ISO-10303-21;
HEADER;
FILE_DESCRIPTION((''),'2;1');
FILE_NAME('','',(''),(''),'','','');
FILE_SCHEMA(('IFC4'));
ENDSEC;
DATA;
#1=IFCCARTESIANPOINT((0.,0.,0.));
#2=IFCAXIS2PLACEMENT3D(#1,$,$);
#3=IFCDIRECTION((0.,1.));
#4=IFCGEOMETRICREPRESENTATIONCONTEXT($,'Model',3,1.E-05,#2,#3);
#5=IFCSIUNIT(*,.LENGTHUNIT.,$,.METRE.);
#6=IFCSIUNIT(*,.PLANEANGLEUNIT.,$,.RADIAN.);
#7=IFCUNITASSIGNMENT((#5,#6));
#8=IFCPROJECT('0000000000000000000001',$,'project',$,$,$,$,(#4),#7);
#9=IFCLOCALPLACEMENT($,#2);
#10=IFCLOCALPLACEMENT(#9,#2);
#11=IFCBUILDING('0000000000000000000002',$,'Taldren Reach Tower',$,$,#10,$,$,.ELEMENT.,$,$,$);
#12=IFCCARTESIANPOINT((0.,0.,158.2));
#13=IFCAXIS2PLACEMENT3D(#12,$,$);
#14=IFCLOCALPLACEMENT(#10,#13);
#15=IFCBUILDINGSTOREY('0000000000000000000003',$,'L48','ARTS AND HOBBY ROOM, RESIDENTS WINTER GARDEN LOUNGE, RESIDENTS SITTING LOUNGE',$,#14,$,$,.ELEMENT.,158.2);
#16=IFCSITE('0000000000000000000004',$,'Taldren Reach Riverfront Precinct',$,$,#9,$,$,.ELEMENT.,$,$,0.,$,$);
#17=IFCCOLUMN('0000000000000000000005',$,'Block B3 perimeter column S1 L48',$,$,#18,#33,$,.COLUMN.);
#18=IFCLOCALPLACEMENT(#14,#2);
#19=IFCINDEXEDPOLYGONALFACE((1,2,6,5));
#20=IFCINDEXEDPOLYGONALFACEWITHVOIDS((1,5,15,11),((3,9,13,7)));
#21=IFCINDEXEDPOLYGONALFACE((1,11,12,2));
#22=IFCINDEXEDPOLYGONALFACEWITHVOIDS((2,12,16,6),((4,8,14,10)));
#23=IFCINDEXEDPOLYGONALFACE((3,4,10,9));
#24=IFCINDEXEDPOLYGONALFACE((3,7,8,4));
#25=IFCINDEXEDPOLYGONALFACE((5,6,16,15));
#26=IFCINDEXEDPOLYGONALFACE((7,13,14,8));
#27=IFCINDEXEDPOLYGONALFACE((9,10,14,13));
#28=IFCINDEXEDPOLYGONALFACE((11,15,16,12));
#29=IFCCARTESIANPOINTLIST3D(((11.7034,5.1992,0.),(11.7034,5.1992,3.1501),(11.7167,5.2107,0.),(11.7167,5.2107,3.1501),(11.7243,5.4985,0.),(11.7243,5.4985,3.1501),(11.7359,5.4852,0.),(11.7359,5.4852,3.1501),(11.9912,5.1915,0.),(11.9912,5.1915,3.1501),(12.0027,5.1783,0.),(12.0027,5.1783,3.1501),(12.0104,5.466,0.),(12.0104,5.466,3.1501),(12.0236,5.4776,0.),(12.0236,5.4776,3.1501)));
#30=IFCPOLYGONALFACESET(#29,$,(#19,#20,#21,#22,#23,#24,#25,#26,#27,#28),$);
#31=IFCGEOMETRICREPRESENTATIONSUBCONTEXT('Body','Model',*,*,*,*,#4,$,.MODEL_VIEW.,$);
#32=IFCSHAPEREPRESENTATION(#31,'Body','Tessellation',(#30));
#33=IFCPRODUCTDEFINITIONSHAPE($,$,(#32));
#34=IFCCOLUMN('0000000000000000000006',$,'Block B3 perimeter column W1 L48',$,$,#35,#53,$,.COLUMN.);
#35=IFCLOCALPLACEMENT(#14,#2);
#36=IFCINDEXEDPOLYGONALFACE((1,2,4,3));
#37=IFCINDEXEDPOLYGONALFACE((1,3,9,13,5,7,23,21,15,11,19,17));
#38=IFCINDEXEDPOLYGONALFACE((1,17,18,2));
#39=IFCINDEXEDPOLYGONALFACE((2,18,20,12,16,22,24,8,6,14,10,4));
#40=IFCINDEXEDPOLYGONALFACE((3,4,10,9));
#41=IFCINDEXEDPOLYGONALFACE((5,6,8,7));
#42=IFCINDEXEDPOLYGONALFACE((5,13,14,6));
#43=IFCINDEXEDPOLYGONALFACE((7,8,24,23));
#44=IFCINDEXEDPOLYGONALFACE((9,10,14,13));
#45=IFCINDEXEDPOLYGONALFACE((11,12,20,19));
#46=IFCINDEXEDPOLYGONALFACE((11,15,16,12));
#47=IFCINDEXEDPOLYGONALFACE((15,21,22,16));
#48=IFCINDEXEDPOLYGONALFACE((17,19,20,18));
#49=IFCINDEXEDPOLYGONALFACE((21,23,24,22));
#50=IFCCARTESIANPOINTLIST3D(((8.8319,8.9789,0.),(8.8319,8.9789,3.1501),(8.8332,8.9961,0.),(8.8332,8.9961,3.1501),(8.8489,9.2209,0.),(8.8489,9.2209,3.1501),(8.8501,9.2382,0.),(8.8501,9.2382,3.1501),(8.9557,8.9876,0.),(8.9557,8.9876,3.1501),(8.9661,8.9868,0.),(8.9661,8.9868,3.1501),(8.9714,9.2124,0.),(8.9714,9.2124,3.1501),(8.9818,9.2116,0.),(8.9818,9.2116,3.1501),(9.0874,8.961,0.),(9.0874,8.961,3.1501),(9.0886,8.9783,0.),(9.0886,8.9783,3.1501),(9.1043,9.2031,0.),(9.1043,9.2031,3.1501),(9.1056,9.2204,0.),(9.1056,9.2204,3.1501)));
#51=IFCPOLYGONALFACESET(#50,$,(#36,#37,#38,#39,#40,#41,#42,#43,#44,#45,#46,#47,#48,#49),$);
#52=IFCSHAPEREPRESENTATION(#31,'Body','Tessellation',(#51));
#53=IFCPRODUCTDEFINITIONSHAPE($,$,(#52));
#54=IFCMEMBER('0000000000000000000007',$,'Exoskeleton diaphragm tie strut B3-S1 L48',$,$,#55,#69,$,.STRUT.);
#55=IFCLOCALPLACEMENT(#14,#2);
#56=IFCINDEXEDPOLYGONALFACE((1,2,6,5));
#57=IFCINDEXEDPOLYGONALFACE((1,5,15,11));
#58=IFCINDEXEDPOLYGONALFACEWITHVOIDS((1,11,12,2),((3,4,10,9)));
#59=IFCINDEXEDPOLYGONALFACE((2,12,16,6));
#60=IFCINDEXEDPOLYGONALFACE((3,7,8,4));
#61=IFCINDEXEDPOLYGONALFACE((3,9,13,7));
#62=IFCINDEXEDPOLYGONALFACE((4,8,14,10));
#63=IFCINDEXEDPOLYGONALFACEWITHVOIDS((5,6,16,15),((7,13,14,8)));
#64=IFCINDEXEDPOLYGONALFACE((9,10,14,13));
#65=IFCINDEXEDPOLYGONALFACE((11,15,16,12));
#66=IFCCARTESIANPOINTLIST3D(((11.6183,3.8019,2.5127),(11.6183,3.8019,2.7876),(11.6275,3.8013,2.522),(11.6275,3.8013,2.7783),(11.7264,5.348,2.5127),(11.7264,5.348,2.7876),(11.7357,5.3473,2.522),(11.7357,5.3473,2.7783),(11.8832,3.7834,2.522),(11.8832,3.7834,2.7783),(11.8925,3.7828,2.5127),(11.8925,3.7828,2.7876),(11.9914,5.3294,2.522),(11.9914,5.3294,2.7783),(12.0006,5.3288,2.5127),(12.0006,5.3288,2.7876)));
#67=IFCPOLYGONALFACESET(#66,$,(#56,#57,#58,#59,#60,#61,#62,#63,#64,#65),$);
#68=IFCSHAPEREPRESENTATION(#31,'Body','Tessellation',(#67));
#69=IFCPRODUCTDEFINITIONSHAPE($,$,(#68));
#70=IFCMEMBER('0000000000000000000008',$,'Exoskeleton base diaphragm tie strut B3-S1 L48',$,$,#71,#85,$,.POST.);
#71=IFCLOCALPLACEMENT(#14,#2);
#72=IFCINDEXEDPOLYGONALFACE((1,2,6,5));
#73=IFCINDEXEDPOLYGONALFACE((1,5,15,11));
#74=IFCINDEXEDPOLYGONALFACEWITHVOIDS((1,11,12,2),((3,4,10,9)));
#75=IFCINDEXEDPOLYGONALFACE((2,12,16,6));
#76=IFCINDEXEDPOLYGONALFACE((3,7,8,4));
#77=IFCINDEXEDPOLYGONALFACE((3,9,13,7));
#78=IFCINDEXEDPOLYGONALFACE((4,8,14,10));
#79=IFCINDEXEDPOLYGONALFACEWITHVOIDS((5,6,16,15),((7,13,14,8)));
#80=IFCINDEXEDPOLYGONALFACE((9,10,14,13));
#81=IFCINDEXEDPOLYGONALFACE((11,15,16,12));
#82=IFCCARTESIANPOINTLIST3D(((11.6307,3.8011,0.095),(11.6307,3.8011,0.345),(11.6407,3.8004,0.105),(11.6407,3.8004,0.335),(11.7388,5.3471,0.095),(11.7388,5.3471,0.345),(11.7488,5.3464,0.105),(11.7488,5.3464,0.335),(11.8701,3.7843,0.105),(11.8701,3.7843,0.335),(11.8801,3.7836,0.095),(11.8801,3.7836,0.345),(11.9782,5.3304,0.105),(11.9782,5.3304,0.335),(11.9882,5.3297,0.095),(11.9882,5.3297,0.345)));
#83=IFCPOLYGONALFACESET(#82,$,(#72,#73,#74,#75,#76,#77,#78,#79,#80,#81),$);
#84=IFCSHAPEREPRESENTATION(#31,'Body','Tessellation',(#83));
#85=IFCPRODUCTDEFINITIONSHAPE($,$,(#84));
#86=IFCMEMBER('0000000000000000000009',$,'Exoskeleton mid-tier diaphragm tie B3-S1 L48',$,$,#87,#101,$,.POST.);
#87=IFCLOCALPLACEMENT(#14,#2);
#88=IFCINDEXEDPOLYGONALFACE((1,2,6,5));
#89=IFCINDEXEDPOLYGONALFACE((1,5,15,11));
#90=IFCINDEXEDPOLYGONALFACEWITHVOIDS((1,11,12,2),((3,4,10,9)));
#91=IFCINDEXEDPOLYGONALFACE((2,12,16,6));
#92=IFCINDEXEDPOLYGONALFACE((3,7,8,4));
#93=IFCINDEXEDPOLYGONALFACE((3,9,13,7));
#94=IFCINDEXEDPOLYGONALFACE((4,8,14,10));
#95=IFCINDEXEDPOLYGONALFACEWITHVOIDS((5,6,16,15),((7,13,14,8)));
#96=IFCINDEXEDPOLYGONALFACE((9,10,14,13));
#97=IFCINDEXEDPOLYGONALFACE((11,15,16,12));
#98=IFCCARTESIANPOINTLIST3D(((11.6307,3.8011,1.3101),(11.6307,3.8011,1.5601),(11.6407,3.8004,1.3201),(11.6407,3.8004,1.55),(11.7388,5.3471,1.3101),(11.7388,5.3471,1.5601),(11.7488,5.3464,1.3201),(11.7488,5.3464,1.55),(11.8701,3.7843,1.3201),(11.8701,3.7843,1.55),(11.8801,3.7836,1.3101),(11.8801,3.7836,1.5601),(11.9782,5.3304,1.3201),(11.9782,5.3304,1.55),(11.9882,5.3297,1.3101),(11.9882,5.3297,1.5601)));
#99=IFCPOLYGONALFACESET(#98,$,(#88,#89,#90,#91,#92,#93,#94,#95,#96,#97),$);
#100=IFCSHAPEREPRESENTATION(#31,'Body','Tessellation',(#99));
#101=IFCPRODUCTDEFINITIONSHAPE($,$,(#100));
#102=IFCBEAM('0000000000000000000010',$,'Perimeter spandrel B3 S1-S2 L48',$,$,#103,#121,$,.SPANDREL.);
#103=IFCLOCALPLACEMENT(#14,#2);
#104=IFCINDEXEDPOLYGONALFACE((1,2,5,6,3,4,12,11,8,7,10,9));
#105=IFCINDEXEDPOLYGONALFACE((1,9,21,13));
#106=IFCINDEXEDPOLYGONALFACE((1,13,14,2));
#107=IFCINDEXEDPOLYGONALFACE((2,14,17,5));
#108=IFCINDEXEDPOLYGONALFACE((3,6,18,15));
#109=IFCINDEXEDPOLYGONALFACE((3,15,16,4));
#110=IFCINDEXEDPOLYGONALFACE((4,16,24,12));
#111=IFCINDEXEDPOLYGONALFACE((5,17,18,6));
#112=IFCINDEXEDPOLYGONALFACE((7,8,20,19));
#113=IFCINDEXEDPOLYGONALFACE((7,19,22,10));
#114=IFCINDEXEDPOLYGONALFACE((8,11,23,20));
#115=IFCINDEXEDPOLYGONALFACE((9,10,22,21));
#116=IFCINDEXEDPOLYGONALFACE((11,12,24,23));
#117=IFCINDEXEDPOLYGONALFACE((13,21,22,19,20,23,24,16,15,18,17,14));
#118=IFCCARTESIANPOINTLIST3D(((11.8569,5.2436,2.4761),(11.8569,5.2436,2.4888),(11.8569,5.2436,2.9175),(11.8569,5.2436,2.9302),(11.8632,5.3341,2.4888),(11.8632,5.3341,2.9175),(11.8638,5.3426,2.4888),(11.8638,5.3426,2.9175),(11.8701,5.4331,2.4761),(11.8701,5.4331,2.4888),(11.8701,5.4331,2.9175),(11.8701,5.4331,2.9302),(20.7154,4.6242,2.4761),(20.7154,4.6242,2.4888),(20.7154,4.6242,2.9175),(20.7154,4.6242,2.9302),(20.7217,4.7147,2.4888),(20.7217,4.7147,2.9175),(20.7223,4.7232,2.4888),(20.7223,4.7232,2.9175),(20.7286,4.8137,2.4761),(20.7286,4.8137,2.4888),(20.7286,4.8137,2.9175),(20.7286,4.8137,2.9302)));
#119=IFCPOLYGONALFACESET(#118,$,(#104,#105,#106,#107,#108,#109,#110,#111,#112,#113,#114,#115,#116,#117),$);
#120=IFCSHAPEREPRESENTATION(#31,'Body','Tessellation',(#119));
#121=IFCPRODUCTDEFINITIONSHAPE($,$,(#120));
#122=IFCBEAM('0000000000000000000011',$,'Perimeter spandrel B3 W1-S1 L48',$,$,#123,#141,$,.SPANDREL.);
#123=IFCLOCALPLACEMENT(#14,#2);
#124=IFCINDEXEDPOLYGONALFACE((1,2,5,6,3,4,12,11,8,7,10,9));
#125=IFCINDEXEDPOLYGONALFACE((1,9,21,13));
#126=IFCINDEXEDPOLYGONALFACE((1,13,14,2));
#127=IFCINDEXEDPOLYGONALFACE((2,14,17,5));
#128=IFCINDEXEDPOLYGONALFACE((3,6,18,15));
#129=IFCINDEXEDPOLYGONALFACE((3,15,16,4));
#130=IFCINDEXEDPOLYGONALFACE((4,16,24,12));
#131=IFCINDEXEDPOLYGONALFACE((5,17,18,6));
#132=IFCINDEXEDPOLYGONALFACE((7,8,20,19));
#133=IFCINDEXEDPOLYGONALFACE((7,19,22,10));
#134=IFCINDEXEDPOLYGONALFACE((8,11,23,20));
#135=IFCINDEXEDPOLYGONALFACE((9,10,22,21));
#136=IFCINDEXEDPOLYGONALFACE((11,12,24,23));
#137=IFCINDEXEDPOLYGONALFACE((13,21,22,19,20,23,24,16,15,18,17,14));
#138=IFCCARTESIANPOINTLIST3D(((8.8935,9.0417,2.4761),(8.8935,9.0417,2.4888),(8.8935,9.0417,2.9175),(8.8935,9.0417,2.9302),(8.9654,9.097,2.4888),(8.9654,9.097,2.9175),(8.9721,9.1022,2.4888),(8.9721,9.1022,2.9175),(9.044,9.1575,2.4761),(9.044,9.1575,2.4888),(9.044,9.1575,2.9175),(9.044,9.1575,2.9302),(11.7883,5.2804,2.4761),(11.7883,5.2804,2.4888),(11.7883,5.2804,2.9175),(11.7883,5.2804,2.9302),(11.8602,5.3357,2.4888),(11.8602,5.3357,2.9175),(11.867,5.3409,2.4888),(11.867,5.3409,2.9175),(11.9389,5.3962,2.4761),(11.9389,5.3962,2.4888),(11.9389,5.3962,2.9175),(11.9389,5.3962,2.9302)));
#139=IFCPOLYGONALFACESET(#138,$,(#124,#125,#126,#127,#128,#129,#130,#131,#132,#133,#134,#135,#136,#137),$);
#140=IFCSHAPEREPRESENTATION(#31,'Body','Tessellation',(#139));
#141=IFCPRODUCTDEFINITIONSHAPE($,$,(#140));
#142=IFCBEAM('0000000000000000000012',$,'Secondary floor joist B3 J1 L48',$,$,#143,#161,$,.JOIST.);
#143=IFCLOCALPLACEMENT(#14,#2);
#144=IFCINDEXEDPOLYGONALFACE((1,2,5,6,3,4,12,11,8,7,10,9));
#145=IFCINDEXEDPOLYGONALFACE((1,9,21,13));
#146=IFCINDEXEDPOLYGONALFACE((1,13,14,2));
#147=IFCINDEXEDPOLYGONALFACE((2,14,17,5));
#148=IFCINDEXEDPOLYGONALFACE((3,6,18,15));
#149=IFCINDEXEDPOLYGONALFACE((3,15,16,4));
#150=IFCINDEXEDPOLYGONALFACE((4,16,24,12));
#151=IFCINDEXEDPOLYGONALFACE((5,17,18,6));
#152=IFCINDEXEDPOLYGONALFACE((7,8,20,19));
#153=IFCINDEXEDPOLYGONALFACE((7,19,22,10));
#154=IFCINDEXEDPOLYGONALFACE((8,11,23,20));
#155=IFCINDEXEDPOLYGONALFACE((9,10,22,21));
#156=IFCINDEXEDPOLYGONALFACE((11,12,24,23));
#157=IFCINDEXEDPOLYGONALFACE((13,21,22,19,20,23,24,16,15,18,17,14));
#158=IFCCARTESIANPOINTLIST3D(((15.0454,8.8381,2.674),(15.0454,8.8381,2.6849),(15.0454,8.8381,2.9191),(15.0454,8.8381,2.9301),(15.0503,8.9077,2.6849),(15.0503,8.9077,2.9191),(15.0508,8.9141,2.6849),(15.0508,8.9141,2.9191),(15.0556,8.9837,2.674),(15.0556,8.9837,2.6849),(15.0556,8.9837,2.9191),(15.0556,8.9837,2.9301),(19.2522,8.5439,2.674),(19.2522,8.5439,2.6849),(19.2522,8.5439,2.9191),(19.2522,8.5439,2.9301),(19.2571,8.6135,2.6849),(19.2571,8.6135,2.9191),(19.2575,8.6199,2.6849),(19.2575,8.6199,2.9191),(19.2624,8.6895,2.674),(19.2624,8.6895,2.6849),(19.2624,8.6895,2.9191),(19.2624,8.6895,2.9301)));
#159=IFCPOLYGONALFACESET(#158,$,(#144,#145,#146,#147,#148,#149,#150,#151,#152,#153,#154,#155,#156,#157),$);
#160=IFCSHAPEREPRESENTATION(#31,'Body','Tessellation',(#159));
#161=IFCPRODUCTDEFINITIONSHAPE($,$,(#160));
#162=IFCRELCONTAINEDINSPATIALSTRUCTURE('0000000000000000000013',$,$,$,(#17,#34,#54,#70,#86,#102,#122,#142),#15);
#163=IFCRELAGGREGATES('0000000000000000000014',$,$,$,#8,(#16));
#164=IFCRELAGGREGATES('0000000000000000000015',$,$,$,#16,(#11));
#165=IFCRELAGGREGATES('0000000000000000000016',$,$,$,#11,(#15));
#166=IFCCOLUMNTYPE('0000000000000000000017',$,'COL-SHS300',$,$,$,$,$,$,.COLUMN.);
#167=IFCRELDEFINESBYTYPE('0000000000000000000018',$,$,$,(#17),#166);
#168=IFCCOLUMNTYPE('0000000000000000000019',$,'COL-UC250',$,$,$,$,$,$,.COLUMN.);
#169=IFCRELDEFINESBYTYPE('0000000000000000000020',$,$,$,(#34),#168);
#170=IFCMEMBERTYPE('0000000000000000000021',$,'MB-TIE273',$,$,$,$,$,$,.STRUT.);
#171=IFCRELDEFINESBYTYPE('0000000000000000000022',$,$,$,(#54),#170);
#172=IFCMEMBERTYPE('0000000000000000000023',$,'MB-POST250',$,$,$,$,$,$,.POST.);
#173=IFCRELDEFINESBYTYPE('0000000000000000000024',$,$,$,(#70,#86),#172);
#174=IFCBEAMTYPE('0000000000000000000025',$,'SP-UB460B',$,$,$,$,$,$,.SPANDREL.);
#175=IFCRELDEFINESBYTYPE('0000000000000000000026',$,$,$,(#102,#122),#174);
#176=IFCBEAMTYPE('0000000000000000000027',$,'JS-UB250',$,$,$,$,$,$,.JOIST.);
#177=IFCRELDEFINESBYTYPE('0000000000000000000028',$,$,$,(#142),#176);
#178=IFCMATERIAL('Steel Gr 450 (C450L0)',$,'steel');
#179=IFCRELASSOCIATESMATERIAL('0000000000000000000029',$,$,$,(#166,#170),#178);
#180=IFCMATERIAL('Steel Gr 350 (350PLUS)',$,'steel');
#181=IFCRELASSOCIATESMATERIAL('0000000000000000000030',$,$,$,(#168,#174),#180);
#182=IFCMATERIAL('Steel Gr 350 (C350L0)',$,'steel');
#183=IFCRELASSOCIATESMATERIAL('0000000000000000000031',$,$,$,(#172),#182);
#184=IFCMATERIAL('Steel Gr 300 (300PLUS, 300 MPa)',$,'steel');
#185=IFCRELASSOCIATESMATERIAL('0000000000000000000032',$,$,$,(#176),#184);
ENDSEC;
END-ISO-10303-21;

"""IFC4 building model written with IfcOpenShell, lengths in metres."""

from ifc_helpers import new_model, si_unit, direction, frame, origin, origin_2d, place, context, subcontext, project, spatial, hollow_rectangle, i_section, extrude, source, transform, mapped, material, material_profile, profile_set, type_object, element, save


model = new_model("IFC4")

# Units and contexts
model_context = context("Model", 3, precision=1e-05, world=origin(), true_north=direction((0.0, 1.0)))
body_context = subcontext(model_context, "Body", "Model", "MODEL_VIEW")
ifc_project = project(units=[si_unit("LENGTHUNIT", "METRE"), si_unit("PLANEANGLEUNIT", "RADIAN")], contexts=[model_context])

# Site, building, storey
site_placement = place(None, origin())
site = spatial("IfcSite", under=ifc_project, at=site_placement, Name="Taldren Reach Riverfront Precinct", CompositionType="ELEMENT", RefElevation=0.0)
building_placement = place(site_placement, origin())
building = spatial("IfcBuilding", under=site, at=building_placement, Name="Taldren Reach Tower", CompositionType="ELEMENT")
storey_placement = place(building_placement, frame((0.0, 0.0, 158.2)))
storey = spatial("IfcBuildingStorey", under=building, at=storey_placement, Name="L48", Description="ARTS AND HOBBY ROOM, RESIDENTS WINTER GARDEN LOUNGE, RESIDENTS SITTING LOUNGE", CompositionType="ELEMENT", Elevation=158.2)

# Columns
ifc_material_1 = material(Name="Steel Gr 450 (C450L0)", Category="steel")
ifc_material_profile_1 = material_profile(ifc_material_1, hollow_rectangle(XDim=0.3, YDim=0.3, WallThickness=0.0125, at=origin_2d()), Name="300x300x12.5SHS")
ifc_profile_set_1 = profile_set([ifc_material_profile_1], Name="Steel Gr 450 (C450L0)")
column_type_1 = type_object("IfcColumnType", Name="COL-SHS300", PredefinedType="COLUMN", material=ifc_profile_set_1)
shared_shape_1 = source(origin(), body_context, "Body", "SweptSolid", [
    extrude(hollow_rectangle(XDim=0.3, YDim=0.3, WallThickness=0.0125, at=origin_2d()), origin(), (0.0, 0.0, 1.0), 3.1501),
])
column_1_placement = place(storey_placement, frame((11.8635, 5.3384, 0.0), z_axis=(0.0, 0.0, 1.0), x_axis=(0.997564, -0.069756, 0.0)))
element("IfcColumn", 1, at=column_1_placement, inside=storey, type_object=column_type_1, Name="Block B3 perimeter column S1 L48", PredefinedType="COLUMN", context=body_context, shape_type="MappedRepresentation", body=[
    mapped(shared_shape_1, transform((0.0, 0.0, 0.0), scale=1.0)),
])
ifc_material_2 = material(Name="Steel Gr 350 (350PLUS)", Category="steel")
ifc_material_profile_2 = material_profile(ifc_material_2, i_section(OverallWidth=0.2561, OverallDepth=0.26, WebThickness=0.0105, FlangeThickness=0.0173, at=origin_2d()), Name="250UC89.5")
ifc_profile_set_2 = profile_set([ifc_material_profile_2], Name="Steel Gr 350 (350PLUS)")
column_type_2 = type_object("IfcColumnType", Name="COL-UC250", PredefinedType="COLUMN", material=ifc_profile_set_2)
shared_shape_2 = source(origin(), body_context, "Body", "SweptSolid", [
    extrude(i_section(OverallWidth=0.2561, OverallDepth=0.26, WebThickness=0.0105, FlangeThickness=0.0173, at=origin_2d()), origin(), (0.0, 0.0, 1.0), 3.1501),
])
column_2_placement = place(storey_placement, frame((8.9688, 9.0996, 0.0), z_axis=(0.0, 0.0, 1.0), x_axis=(0.997564, -0.069756, 0.0)))
element("IfcColumn", 2, at=column_2_placement, inside=storey, type_object=column_type_2, Name="Block B3 perimeter column W1 L48", PredefinedType="COLUMN", context=body_context, shape_type="MappedRepresentation", body=[
    mapped(shared_shape_2, transform((0.0, 0.0, 0.0), scale=1.0)),
])

# Members
ifc_material_profile_3 = material_profile(ifc_material_1, hollow_rectangle(XDim=0.2749, YDim=0.2749, WallThickness=0.0093, at=origin_2d()), Name="275x275x9.3SHS")
ifc_profile_set_3 = profile_set([ifc_material_profile_3], Name="Steel Gr 450 (C450L0)")
member_type_1 = type_object("IfcMemberType", Name="MB-TIE273", PredefinedType="STRUT", material=ifc_profile_set_3)
shared_shape_3 = source(origin(), body_context, "Body", "SweptSolid", [
    extrude(hollow_rectangle(XDim=0.2749, YDim=0.2749, WallThickness=0.0093, at=origin_2d()), origin(), (0.0, 0.0, 1.0), 1.5498),
])
member_1_placement = place(storey_placement, frame((11.8635, 5.3384, 2.6501), z_axis=(-0.069781, -0.997562, 0.0), x_axis=(0.997562, -0.069781, 0.0)))
element("IfcMember", 3, at=member_1_placement, inside=storey, type_object=member_type_1, Name="Exoskeleton diaphragm tie strut B3-S1 L48", PredefinedType="STRUT", context=body_context, shape_type="MappedRepresentation", body=[
    mapped(shared_shape_3, transform((0.0, 0.0, 0.0), scale=1.0)),
])
ifc_material_3 = material(Name="Steel Gr 350 (C350L0)", Category="steel")
ifc_material_profile_4 = material_profile(ifc_material_3, hollow_rectangle(XDim=0.25, YDim=0.25, WallThickness=0.01, at=origin_2d()), Name="250x250x10.0SHS")
ifc_profile_set_4 = profile_set([ifc_material_profile_4], Name="Steel Gr 350 (C350L0)")
member_type_2 = type_object("IfcMemberType", Name="MB-POST250", PredefinedType="POST", material=ifc_profile_set_4)
shared_shape_4 = source(origin(), body_context, "Body", "SweptSolid", [
    extrude(hollow_rectangle(XDim=0.25, YDim=0.25, WallThickness=0.01, at=origin_2d()), origin(), (0.0, 0.0, 1.0), 1.5498),
])
for number, where, z_axis, x_axis, name in (
    (4, (11.8635, 5.3384, 0.22), (-0.069781, -0.997562, 0.0), (0.997562, -0.069781, 0.0), "Exoskeleton base diaphragm tie strut B3-S1 L48"),
    (5, (11.8635, 5.3384, 1.4351), (-0.069781, -0.997562, 0.0), (0.997562, -0.069781, 0.0), "Exoskeleton mid-tier diaphragm tie B3-S1 L48"),
):
    element("IfcMember", number, at=place(storey_placement, frame(where, z_axis=z_axis, x_axis=x_axis)), inside=storey, type_object=member_type_2, Name=name, PredefinedType="POST", context=body_context, shape_type="MappedRepresentation", body=[
        mapped(shared_shape_4, transform((0.0, 0.0, 0.0), scale=1.0)),
    ])

# Beams
ifc_material_profile_5 = material_profile(ifc_material_2, i_section(OverallWidth=0.1899, OverallDepth=0.4541, WebThickness=0.0085, FlangeThickness=0.0127, at=origin_2d()), Name="460UB67.1")
ifc_profile_set_5 = profile_set([ifc_material_profile_5], Name="Steel Gr 350 (350PLUS)")
beam_type_1 = type_object("IfcBeamType", Name="SP-UB460B", PredefinedType="SPANDREL", material=ifc_profile_set_5)
shared_shape_5 = source(origin(), body_context, "Body", "SweptSolid", [
    extrude(i_section(OverallWidth=0.1899, OverallDepth=0.4541, WebThickness=0.0085, FlangeThickness=0.0127, at=origin_2d()), origin(), (0.0, 0.0, 1.0), 8.8801),
])
beam_1_placement = place(storey_placement, frame((11.8635, 5.3384, 2.7031), z_axis=(0.997564, -0.06975, 0.0), x_axis=(0.06975, 0.997564, 0.0)))
element("IfcBeam", 6, at=beam_1_placement, inside=storey, type_object=beam_type_1, Name="Perimeter spandrel B3 S1-S2 L48", PredefinedType="SPANDREL", context=body_context, shape_type="MappedRepresentation", body=[
    mapped(shared_shape_5, transform((0.0, 0.0, 0.0), scale=1.0)),
])
shared_shape_6 = source(origin(), body_context, "Body", "SweptSolid", [
    extrude(i_section(OverallWidth=0.1899, OverallDepth=0.4541, WebThickness=0.0085, FlangeThickness=0.0127, at=origin_2d()), origin(), (0.0, 0.0, 1.0), 4.7463),
])
beam_2_placement = place(storey_placement, frame((8.9688, 9.0996, 2.7031), z_axis=(0.609912, -0.792469, 0.0), x_axis=(0.792469, 0.609912, 0.0)))
element("IfcBeam", 7, at=beam_2_placement, inside=storey, type_object=beam_type_1, Name="Perimeter spandrel B3 W1-S1 L48", PredefinedType="SPANDREL", context=body_context, shape_type="MappedRepresentation", body=[
    mapped(shared_shape_6, transform((0.0, 0.0, 0.0), scale=1.0)),
])
ifc_material_4 = material(Name="Steel Gr 300 (300PLUS, 300 MPa)", Category="steel")
ifc_material_profile_6 = material_profile(ifc_material_4, i_section(OverallWidth=0.146, OverallDepth=0.2561, WebThickness=0.0063, FlangeThickness=0.011, at=origin_2d()), Name="250UB37.3")
ifc_profile_set_6 = profile_set([ifc_material_profile_6], Name="Steel Gr 300 (300PLUS, 300 MPa)")
beam_type_2 = type_object("IfcBeamType", Name="JS-UB250", PredefinedType="JOIST", material=ifc_profile_set_6)
shared_shape_7 = source(origin(), body_context, "Body", "SweptSolid", [
    extrude(i_section(OverallWidth=0.146, OverallDepth=0.2561, WebThickness=0.0063, FlangeThickness=0.011, at=origin_2d()), origin(), (0.0, 0.0, 1.0), 4.217),
])
beam_3_placement = place(storey_placement, frame((15.0505, 8.9109, 2.802), z_axis=(0.997564, -0.069762, 0.0), x_axis=(0.069762, 0.997564, 0.0)))
element("IfcBeam", 8, at=beam_3_placement, inside=storey, type_object=beam_type_2, Name="Secondary floor joist B3 J1 L48", PredefinedType="JOIST", context=body_context, shape_type="MappedRepresentation", body=[
    mapped(shared_shape_7, transform((0.0, 0.0, 0.0), scale=1.0)),
])

save(model, "model.ifc")
